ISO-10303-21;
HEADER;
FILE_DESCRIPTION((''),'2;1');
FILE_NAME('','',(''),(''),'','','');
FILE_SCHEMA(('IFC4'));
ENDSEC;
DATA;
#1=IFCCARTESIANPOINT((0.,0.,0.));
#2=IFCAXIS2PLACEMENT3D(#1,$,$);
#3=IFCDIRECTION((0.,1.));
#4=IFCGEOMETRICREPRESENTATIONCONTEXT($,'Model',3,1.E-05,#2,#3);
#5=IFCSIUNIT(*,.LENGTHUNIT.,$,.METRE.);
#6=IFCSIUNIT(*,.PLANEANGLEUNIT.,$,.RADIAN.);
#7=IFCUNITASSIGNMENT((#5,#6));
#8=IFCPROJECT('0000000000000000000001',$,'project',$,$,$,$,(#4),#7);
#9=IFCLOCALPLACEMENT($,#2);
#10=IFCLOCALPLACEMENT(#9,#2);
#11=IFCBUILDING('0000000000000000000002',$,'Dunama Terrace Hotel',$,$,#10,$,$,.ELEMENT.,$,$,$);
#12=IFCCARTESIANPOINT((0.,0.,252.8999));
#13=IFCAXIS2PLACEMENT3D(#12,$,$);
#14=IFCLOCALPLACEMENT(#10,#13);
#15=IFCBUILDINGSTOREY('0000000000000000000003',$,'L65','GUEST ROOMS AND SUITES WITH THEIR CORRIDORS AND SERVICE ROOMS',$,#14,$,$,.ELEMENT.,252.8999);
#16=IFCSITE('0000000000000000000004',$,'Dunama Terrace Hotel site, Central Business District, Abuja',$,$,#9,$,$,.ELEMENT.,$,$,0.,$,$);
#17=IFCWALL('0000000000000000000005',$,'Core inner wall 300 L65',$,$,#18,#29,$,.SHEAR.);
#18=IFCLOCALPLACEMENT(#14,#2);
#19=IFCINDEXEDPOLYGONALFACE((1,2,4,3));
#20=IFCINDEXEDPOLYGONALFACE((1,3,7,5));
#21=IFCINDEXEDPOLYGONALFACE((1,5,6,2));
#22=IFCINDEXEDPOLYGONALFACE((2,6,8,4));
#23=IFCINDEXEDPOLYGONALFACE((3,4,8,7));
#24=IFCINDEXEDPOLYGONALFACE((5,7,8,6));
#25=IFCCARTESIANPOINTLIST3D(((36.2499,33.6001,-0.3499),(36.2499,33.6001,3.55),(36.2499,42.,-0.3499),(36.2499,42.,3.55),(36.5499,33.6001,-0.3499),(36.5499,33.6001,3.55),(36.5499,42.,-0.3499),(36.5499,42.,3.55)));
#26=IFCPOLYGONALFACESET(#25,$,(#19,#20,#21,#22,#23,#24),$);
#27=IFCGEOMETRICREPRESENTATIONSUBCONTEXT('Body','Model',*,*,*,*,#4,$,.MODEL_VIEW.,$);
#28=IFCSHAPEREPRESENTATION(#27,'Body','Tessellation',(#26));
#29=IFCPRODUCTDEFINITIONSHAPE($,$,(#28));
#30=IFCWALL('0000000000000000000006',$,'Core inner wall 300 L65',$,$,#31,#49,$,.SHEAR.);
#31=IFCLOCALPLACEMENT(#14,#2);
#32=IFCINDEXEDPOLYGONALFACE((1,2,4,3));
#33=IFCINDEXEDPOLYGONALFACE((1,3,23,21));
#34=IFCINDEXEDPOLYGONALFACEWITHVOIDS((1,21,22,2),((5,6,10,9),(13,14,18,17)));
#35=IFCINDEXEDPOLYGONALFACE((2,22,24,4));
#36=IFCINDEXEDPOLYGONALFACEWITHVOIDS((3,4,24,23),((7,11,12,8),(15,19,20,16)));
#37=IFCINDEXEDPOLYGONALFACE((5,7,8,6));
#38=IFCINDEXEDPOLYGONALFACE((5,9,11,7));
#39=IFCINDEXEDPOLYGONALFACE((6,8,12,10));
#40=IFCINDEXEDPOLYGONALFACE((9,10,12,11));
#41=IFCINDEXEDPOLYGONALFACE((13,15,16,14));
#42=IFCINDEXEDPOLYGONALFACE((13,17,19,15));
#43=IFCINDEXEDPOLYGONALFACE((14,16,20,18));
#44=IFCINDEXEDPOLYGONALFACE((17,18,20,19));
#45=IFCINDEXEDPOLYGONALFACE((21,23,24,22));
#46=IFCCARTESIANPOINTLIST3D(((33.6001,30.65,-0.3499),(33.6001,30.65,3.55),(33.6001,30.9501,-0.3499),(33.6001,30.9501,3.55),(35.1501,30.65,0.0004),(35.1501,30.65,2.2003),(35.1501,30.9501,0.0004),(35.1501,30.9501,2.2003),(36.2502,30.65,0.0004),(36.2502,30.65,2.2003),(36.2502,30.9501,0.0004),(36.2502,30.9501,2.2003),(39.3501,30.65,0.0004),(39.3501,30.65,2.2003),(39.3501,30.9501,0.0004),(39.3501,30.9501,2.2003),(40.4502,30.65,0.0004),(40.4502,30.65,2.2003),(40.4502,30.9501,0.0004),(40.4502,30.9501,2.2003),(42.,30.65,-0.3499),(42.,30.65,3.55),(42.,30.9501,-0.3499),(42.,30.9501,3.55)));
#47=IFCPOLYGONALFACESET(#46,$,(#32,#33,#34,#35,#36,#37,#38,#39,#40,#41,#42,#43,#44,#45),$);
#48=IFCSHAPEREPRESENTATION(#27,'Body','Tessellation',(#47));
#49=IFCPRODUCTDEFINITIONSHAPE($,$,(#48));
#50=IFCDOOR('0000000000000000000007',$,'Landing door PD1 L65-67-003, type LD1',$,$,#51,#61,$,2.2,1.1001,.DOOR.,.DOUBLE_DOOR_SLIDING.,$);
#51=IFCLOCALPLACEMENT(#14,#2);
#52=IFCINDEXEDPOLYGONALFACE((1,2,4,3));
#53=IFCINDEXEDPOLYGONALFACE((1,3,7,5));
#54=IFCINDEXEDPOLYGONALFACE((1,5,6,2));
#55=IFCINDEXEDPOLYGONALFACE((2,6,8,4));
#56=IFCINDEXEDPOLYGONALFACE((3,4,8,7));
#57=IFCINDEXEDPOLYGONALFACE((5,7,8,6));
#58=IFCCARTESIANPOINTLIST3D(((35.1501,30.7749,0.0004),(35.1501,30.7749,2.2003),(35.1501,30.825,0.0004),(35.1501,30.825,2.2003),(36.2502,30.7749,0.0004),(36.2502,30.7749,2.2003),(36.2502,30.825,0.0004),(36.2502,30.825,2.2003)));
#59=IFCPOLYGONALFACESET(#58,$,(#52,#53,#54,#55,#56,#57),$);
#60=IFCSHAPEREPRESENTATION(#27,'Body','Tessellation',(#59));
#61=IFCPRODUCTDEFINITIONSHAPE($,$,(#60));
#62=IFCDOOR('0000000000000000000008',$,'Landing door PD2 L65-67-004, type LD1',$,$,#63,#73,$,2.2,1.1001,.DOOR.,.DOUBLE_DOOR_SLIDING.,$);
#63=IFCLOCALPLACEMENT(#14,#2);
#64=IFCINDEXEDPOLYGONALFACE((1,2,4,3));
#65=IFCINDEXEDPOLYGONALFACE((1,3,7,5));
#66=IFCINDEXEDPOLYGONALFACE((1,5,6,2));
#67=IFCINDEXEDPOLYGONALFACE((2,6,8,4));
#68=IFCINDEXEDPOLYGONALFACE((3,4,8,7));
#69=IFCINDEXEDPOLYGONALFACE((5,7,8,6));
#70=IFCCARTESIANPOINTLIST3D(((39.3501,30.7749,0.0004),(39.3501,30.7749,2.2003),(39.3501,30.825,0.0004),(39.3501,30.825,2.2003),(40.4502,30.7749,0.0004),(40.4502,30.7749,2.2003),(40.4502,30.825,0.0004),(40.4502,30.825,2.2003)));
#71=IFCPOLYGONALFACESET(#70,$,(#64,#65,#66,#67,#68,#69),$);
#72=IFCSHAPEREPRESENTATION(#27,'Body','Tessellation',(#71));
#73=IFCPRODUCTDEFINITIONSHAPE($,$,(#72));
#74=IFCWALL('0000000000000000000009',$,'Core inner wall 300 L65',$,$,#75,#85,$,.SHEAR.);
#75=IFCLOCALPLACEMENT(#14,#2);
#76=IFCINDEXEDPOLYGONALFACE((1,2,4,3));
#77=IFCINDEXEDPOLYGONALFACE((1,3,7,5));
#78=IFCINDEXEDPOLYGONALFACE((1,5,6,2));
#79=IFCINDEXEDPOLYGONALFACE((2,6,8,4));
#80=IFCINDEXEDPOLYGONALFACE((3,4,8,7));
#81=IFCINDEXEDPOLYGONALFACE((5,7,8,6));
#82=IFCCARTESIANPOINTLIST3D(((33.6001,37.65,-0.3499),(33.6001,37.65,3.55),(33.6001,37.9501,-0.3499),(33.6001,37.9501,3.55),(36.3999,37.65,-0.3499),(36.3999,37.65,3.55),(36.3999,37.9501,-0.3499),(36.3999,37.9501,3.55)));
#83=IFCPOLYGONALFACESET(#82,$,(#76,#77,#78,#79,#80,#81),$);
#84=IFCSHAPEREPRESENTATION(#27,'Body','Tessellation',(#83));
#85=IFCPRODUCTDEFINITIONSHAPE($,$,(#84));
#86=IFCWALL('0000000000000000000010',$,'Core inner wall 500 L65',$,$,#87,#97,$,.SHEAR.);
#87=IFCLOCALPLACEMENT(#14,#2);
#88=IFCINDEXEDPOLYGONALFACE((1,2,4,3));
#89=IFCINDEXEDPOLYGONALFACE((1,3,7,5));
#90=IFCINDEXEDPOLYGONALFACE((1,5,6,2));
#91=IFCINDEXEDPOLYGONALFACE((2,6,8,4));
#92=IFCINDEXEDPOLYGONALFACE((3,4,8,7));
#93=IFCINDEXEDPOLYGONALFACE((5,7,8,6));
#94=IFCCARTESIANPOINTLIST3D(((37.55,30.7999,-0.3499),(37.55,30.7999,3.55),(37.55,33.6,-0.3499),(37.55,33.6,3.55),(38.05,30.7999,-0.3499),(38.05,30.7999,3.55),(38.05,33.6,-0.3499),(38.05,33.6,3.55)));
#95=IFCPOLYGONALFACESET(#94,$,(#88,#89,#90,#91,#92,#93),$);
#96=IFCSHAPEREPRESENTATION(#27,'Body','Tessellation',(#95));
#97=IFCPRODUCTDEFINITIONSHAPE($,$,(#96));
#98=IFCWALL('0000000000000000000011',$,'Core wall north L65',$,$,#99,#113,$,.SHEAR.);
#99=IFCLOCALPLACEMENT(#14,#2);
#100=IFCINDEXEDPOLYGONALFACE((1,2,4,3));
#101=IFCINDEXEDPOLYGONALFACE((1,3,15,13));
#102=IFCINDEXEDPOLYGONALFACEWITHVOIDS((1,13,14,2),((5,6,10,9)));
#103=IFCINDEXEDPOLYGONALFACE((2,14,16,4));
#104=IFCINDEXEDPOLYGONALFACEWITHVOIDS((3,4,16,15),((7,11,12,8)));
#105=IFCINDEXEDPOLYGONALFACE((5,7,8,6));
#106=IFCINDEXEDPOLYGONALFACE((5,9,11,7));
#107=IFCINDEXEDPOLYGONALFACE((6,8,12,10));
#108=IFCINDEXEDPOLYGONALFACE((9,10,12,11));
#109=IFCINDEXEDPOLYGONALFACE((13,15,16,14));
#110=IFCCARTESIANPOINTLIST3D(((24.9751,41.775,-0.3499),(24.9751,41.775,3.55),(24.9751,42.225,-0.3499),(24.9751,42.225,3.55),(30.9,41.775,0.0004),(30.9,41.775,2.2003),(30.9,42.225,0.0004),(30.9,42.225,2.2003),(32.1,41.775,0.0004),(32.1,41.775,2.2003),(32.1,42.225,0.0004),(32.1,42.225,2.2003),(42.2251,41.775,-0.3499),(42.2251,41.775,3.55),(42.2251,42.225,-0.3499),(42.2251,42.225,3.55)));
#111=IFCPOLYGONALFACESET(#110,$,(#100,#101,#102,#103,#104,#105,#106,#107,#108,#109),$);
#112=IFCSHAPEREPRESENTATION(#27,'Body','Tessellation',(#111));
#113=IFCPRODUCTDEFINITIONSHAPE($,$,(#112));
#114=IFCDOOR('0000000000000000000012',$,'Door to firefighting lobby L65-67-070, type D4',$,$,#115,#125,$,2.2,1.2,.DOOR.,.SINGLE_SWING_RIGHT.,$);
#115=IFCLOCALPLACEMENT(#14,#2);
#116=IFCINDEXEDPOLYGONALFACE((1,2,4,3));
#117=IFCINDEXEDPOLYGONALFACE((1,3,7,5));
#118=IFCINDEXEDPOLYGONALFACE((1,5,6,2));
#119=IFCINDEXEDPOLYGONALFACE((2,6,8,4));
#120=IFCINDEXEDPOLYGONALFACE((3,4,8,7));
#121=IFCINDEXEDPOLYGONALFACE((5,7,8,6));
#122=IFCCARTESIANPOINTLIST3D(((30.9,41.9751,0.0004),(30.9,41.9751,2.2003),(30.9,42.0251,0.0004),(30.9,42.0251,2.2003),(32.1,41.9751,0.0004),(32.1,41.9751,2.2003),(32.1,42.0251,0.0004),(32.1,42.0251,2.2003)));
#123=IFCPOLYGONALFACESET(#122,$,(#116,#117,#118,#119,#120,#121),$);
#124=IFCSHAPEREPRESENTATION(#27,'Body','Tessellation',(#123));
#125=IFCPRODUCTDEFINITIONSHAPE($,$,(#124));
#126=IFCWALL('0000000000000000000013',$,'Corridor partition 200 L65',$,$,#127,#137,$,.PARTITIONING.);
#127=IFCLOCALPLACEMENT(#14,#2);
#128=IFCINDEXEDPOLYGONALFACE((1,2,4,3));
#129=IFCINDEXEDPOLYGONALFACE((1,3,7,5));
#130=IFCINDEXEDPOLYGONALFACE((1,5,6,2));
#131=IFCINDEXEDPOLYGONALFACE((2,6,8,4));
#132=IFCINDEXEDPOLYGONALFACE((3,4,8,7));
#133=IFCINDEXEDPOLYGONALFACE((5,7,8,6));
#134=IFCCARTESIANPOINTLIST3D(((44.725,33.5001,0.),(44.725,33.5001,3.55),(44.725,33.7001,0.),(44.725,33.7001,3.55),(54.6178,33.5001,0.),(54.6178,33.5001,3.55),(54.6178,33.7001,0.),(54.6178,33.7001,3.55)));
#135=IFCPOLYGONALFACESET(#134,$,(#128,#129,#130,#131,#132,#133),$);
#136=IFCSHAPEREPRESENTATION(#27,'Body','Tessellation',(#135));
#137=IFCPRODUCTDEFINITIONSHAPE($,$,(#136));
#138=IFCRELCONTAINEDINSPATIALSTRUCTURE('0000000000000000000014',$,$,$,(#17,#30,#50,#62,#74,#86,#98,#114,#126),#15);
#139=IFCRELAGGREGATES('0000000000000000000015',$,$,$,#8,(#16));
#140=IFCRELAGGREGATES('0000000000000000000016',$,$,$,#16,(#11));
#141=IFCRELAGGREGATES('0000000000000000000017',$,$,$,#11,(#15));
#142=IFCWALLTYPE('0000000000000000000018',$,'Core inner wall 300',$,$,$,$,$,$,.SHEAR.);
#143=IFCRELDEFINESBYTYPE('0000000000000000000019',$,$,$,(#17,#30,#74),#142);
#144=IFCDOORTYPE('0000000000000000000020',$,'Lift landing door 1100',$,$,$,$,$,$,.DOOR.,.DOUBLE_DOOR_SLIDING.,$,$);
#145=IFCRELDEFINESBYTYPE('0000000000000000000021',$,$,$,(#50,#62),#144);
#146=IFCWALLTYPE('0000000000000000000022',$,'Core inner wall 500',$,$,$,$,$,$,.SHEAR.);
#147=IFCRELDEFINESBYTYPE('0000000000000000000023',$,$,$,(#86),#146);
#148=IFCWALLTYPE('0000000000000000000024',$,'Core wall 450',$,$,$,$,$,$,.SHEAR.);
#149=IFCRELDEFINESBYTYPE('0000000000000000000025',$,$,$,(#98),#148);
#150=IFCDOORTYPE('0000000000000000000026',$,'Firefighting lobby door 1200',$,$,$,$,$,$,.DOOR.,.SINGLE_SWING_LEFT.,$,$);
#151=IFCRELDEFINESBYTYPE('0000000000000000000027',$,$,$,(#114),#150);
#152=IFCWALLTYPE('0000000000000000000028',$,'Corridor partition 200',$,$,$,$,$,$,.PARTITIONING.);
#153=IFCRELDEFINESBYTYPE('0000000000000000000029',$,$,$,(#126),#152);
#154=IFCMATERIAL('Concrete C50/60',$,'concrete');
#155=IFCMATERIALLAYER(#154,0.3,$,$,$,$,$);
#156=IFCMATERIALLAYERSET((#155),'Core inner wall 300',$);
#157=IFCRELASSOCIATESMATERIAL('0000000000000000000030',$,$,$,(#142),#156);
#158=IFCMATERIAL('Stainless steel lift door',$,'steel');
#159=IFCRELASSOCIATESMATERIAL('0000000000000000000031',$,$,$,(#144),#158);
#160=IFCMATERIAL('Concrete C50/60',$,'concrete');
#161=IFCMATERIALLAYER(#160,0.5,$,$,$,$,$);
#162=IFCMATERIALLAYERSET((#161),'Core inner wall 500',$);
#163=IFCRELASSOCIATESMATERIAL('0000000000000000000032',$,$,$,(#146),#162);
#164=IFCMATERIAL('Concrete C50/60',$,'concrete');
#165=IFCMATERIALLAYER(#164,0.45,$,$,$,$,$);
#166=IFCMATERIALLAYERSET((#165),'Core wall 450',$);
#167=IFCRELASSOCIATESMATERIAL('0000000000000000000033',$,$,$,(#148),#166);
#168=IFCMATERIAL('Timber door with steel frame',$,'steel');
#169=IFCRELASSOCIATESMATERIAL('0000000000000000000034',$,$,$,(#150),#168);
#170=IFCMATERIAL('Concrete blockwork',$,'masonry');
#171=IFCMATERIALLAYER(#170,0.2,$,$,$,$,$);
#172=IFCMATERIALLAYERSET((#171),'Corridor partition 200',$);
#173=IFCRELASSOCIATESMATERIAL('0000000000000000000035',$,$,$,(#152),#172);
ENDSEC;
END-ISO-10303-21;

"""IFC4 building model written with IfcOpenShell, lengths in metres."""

from ifc_helpers import new_model, si_unit, direction, frame, frame_2d, origin, place, context, subcontext, project, spatial, rectangle, extrude, material, layer, layer_set, type_object, element, fill, save


model = new_model("IFC4")

# Units and contexts
model_context = context("Model", 3, precision=1e-05, world=origin(), true_north=direction((0.0, 1.0)))
body_context = subcontext(model_context, "Body", "Model", "MODEL_VIEW")
ifc_project = project(units=[si_unit("LENGTHUNIT", "METRE"), si_unit("PLANEANGLEUNIT", "RADIAN")], contexts=[model_context])

# Site, building, storey
site_placement = place(None, origin())
site = spatial("IfcSite", under=ifc_project, at=site_placement, Name="Dunama Terrace Hotel site, Central Business District, Abuja", CompositionType="ELEMENT", RefElevation=0.0)
building_placement = place(site_placement, origin())
building = spatial("IfcBuilding", under=site, at=building_placement, Name="Dunama Terrace Hotel", CompositionType="ELEMENT")
storey_placement = place(building_placement, frame((0.0, 0.0, 252.8999)))
storey = spatial("IfcBuildingStorey", under=building, at=storey_placement, Name="L65", Description="GUEST ROOMS AND SUITES WITH THEIR CORRIDORS AND SERVICE ROOMS", CompositionType="ELEMENT", Elevation=252.8999)

# Wall
ifc_material_1 = material(Name="Concrete C50/60", Category="concrete")
ifc_layer_1 = layer(ifc_material_1, 0.3)
ifc_layer_set_1 = layer_set([ifc_layer_1], Name="Core inner wall 300")
wall_type_1 = type_object("IfcWallType", Name="Core inner wall 300", PredefinedType="SHEAR", material=ifc_layer_set_1)
wall_1_placement = place(storey_placement, frame((36.3999, 33.6001, -0.3499), z_axis=(0.0, 0.0, 1.0), x_axis=(0.0, 1.0, 0.0)))
element("IfcWall", 1, at=wall_1_placement, inside=storey, type_object=wall_type_1, Name="Core inner wall 300 L65", PredefinedType="SHEAR", context=body_context, shape_type="SweptSolid", body=[
    extrude(rectangle(XDim=8.3999, YDim=0.3, at=frame_2d((4.2, 0.0))), origin(), (0.0, 0.0, 1.0), 3.8999),
])

# Wall, openings, doors
wall_2_placement = place(storey_placement, frame((33.6001, 30.8, -0.3499), z_axis=(0.0, 0.0, 1.0), x_axis=(1.0, 0.0, 0.0)))
wall_2 = element("IfcWall", 2, at=wall_2_placement, inside=storey, type_object=wall_type_1, Name="Core inner wall 300 L65", PredefinedType="SHEAR", context=body_context, shape_type="SweptSolid", body=[
    extrude(rectangle(XDim=8.3999, YDim=0.3, at=frame_2d((4.2, 0.0))), origin(), (0.0, 0.0, 1.0), 3.8999),
])
opening_1_placement = place(wall_2_placement, frame((1.55, 0.0, 0.3501)))
opening_1 = element("IfcOpeningElement", 3, at=opening_1_placement, cuts=wall_2, PredefinedType="OPENING", context=body_context, shape_type="SweptSolid", body=[
    extrude(rectangle(XDim=1.1001, YDim=2.2, at=frame_2d((0.55, 1.1001))), frame((0.0, 0.1599, 0.0), z_axis=(0.0, -1.0, 0.0), x_axis=(1.0, 0.0, 0.0)), (0.0, 0.0, 1.0), 0.3201),
])
opening_2_placement = place(wall_2_placement, frame((5.75, 0.0, 0.3501)))
opening_2 = element("IfcOpeningElement", 4, at=opening_2_placement, cuts=wall_2, PredefinedType="OPENING", context=body_context, shape_type="SweptSolid", body=[
    extrude(rectangle(XDim=1.1001, YDim=2.2, at=frame_2d((0.55, 1.1001))), frame((0.0, 0.1599, 0.0), z_axis=(0.0, -1.0, 0.0), x_axis=(1.0, 0.0, 0.0)), (0.0, 0.0, 1.0), 0.3201),
])
ifc_material_2 = material(Name="Stainless steel lift door", Category="steel")
door_type_1 = type_object("IfcDoorType", Name="Lift landing door 1100", OperationType="DOUBLE_DOOR_SLIDING", PredefinedType="DOOR", material=ifc_material_2)
door_1_placement = place(opening_1_placement, origin())
door_1 = element("IfcDoor", 5, at=door_1_placement, inside=storey, type_object=door_type_1, Name="Landing door PD1 L65-67-003, type LD1", OperationType="DOUBLE_DOOR_SLIDING", OverallHeight=2.2, OverallWidth=1.1001, PredefinedType="DOOR", context=body_context, shape_type="SweptSolid", body=[
    extrude(rectangle(XDim=1.1001, YDim=2.2, at=frame_2d((0.55, 1.1001))), frame((0.0, 0.0249, 0.0), z_axis=(0.0, -1.0, 0.0), x_axis=(1.0, 0.0, 0.0)), (0.0, 0.0, 1.0), 0.05),
])
fill(opening_1, door_1)
door_2_placement = place(opening_2_placement, origin())
door_2 = element("IfcDoor", 6, at=door_2_placement, inside=storey, type_object=door_type_1, Name="Landing door PD2 L65-67-004, type LD1", OperationType="DOUBLE_DOOR_SLIDING", OverallHeight=2.2, OverallWidth=1.1001, PredefinedType="DOOR", context=body_context, shape_type="SweptSolid", body=[
    extrude(rectangle(XDim=1.1001, YDim=2.2, at=frame_2d((0.55, 1.1001))), frame((0.0, 0.0249, 0.0), z_axis=(0.0, -1.0, 0.0), x_axis=(1.0, 0.0, 0.0)), (0.0, 0.0, 1.0), 0.05),
])
fill(opening_2, door_2)

# Walls
wall_3_placement = place(storey_placement, frame((33.6001, 37.8, -0.3499), z_axis=(0.0, 0.0, 1.0), x_axis=(1.0, 0.0, 0.0)))
element("IfcWall", 7, at=wall_3_placement, inside=storey, type_object=wall_type_1, Name="Core inner wall 300 L65", PredefinedType="SHEAR", context=body_context, shape_type="SweptSolid", body=[
    extrude(rectangle(XDim=2.7998, YDim=0.3, at=frame_2d((1.3999, 0.0))), origin(), (0.0, 0.0, 1.0), 3.8999),
])
ifc_material_3 = material(Name="Concrete C50/60", Category="concrete")
ifc_layer_2 = layer(ifc_material_3, 0.5)
ifc_layer_set_2 = layer_set([ifc_layer_2], Name="Core inner wall 500")
wall_type_2 = type_object("IfcWallType", Name="Core inner wall 500", PredefinedType="SHEAR", material=ifc_layer_set_2)
wall_4_placement = place(storey_placement, frame((37.8, 30.8, -0.3499), z_axis=(0.0, 0.0, 1.0), x_axis=(0.0, 1.0, 0.0)))
element("IfcWall", 8, at=wall_4_placement, inside=storey, type_object=wall_type_2, Name="Core inner wall 500 L65", PredefinedType="SHEAR", context=body_context, shape_type="SweptSolid", body=[
    extrude(rectangle(XDim=2.8, YDim=0.5, at=frame_2d((1.3999, 0.0))), origin(), (0.0, 0.0, 1.0), 3.8999),
])

# Wall, opening, door
ifc_material_4 = material(Name="Concrete C50/60", Category="concrete")
ifc_layer_3 = layer(ifc_material_4, 0.45)
ifc_layer_set_3 = layer_set([ifc_layer_3], Name="Core wall 450")
wall_type_3 = type_object("IfcWallType", Name="Core wall 450", PredefinedType="SHEAR", material=ifc_layer_set_3)
wall_5_placement = place(storey_placement, frame((42.2251, 42.0, -0.3499), z_axis=(0.0, 0.0, 1.0), x_axis=(-1.0, 0.0, 0.0)))
wall_5 = element("IfcWall", 9, at=wall_5_placement, inside=storey, type_object=wall_type_3, Name="Core wall north L65", PredefinedType="SHEAR", context=body_context, shape_type="SweptSolid", body=[
    extrude(rectangle(XDim=17.25, YDim=0.45, at=frame_2d((8.625, 0.0))), origin(), (0.0, 0.0, 1.0), 3.8999),
])
opening_3_placement = place(wall_5_placement, frame((10.125, 0.0, 0.3501)))
opening_3 = element("IfcOpeningElement", 10, at=opening_3_placement, cuts=wall_5, PredefinedType="OPENING", context=body_context, shape_type="SweptSolid", body=[
    extrude(rectangle(XDim=1.2, YDim=2.2, at=frame_2d((0.6001, 1.1001))), frame((0.0, 0.2349, 0.0), z_axis=(0.0, -1.0, 0.0), x_axis=(1.0, 0.0, 0.0)), (0.0, 0.0, 1.0), 0.47),
])
ifc_material_5 = material(Name="Timber door with steel frame", Category="steel")
door_type_2 = type_object("IfcDoorType", Name="Firefighting lobby door 1200", OperationType="SINGLE_SWING_LEFT", PredefinedType="DOOR", material=ifc_material_5)
door_3_placement = place(opening_3_placement, origin())
door_3 = element("IfcDoor", 11, at=door_3_placement, inside=storey, type_object=door_type_2, Name="Door to firefighting lobby L65-67-070, type D4", OperationType="SINGLE_SWING_RIGHT", OverallHeight=2.2, OverallWidth=1.2, PredefinedType="DOOR", context=body_context, shape_type="SweptSolid", body=[
    extrude(rectangle(XDim=1.2, YDim=2.2, at=frame_2d((0.6001, 1.1001))), frame((0.0, 0.0249, 0.0), z_axis=(0.0, -1.0, 0.0), x_axis=(1.0, 0.0, 0.0)), (0.0, 0.0, 1.0), 0.05),
])
fill(opening_3, door_3)

# Wall
ifc_material_6 = material(Name="Concrete blockwork", Category="masonry")
ifc_layer_4 = layer(ifc_material_6, 0.2)
ifc_layer_set_4 = layer_set([ifc_layer_4], Name="Corridor partition 200")
wall_type_4 = type_object("IfcWallType", Name="Corridor partition 200", PredefinedType="PARTITIONING", material=ifc_layer_set_4)
wall_6_placement = place(storey_placement, frame((44.7251, 33.6001, 0.0), z_axis=(0.0, 0.0, 1.0), x_axis=(1.0, 0.0, 0.0)))
element("IfcWall", 12, at=wall_6_placement, inside=storey, type_object=wall_type_4, Name="Corridor partition 200 L65", PredefinedType="PARTITIONING", context=body_context, shape_type="SweptSolid", body=[
    extrude(rectangle(XDim=9.8928, YDim=0.2, at=frame_2d((4.9463, 0.0))), origin(), (0.0, 0.0, 1.0), 3.55),
])

save(model, "model.ifc")
